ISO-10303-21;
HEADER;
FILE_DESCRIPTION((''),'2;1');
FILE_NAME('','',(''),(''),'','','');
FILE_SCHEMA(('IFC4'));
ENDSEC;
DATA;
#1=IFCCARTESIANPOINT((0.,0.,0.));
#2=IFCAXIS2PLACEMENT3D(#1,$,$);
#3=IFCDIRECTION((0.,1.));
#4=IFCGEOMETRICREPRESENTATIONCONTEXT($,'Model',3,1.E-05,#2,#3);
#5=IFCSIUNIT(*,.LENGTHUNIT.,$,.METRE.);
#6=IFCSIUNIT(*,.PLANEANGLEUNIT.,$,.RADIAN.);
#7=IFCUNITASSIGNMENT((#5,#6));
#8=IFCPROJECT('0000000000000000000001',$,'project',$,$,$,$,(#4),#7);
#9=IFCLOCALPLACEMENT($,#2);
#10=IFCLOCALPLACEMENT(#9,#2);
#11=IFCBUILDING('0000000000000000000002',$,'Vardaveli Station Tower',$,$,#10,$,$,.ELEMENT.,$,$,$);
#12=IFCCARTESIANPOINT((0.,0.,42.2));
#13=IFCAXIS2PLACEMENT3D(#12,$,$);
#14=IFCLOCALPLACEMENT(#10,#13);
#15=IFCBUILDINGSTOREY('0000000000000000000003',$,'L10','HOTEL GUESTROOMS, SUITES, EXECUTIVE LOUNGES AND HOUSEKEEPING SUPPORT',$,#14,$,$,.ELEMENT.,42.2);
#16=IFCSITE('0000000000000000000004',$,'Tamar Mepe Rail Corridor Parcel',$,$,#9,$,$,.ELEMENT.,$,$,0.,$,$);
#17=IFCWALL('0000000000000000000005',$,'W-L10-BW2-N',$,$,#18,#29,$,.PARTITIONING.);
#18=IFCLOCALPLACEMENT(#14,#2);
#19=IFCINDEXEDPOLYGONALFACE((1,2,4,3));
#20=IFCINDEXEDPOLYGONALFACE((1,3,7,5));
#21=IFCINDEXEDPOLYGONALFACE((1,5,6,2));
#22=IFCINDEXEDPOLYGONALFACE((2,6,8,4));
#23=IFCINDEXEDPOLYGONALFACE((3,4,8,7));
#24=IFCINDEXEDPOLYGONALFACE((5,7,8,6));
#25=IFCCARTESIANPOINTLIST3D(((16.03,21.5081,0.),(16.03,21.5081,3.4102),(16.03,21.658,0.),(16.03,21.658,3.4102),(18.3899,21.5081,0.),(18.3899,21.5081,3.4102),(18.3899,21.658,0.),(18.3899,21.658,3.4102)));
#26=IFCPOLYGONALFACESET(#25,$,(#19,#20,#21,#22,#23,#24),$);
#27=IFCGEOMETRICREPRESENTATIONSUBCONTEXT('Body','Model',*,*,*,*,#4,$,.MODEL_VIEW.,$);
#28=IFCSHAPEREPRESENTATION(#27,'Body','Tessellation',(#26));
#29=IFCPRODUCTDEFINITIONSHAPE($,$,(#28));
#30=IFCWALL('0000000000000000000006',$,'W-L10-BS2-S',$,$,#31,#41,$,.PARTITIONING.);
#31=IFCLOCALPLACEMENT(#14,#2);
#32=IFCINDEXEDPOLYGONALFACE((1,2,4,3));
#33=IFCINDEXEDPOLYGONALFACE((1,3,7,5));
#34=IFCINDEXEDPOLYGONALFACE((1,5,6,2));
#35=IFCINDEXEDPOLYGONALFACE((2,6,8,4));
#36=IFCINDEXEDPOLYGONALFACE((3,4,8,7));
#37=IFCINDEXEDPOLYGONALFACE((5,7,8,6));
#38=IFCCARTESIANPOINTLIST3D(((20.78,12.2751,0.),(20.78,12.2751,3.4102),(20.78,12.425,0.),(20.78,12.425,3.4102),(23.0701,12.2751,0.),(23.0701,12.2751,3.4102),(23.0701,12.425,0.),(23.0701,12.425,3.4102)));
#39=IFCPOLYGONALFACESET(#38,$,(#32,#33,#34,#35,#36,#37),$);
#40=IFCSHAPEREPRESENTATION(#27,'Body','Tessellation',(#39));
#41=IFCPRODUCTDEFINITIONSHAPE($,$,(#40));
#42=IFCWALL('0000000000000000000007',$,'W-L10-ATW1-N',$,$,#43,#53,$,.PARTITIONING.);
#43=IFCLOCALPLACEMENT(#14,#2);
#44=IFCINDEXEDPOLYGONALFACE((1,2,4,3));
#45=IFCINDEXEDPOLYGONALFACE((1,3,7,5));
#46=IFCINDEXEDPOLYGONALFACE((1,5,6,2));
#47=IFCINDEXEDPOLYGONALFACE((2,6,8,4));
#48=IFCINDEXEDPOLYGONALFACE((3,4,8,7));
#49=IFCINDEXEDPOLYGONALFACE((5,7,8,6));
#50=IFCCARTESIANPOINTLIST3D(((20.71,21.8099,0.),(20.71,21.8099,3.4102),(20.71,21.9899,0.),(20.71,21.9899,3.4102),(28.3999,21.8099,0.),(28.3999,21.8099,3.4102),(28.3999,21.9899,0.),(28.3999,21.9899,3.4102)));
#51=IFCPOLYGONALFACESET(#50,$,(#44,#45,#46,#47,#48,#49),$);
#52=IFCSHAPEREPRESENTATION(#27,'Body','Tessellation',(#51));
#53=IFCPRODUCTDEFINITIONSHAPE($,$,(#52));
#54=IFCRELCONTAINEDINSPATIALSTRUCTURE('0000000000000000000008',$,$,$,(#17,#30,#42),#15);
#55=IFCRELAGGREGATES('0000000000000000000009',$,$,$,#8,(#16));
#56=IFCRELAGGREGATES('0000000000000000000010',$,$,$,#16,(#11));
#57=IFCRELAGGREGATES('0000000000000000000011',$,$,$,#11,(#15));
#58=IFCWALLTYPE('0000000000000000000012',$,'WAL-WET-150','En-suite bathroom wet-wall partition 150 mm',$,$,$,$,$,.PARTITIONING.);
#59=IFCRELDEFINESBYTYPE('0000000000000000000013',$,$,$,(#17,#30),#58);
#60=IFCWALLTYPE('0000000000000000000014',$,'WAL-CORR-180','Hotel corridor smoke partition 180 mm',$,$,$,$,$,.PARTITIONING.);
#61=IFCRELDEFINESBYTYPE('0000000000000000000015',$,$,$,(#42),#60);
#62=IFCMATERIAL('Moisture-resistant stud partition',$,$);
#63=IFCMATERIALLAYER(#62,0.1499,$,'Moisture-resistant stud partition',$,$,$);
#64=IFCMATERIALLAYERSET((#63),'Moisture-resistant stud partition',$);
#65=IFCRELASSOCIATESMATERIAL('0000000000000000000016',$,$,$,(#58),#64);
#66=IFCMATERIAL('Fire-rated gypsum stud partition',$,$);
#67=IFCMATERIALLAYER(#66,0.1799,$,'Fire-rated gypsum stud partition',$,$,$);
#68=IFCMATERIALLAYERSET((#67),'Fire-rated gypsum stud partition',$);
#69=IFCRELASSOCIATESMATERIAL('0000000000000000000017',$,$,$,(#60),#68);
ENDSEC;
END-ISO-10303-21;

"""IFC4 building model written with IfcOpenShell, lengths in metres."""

from ifc_helpers import new_model, si_unit, direction, frame, frame_2d, origin, place, context, subcontext, project, spatial, rectangle, extrude, source, transform, mapped, material, layer, layer_set, type_object, element, save


model = new_model("IFC4")

# Units and contexts
model_context = context("Model", 3, precision=1e-05, world=origin(), true_north=direction((0.0, 1.0)))
body_context = subcontext(model_context, "Body", "Model", "MODEL_VIEW")
ifc_project = project(units=[si_unit("LENGTHUNIT", "METRE"), si_unit("PLANEANGLEUNIT", "RADIAN")], contexts=[model_context])

# Site, building, storey
site_placement = place(None, origin())
site = spatial("IfcSite", under=ifc_project, at=site_placement, Name="Tamar Mepe Rail Corridor Parcel", CompositionType="ELEMENT", RefElevation=0.0)
building_placement = place(site_placement, origin())
building = spatial("IfcBuilding", under=site, at=building_placement, Name="Vardaveli Station Tower", CompositionType="ELEMENT")
storey_placement = place(building_placement, frame((0.0, 0.0, 42.2)))
storey = spatial("IfcBuildingStorey", under=building, at=storey_placement, Name="L10", Description="HOTEL GUESTROOMS, SUITES, EXECUTIVE LOUNGES AND HOUSEKEEPING SUPPORT", CompositionType="ELEMENT", Elevation=42.2)

# Shared definitions
ifc_material_1 = material(Name="Moisture-resistant stud partition")
ifc_layer_1 = layer(ifc_material_1, 0.1499, Name="Moisture-resistant stud partition")
ifc_layer_set_1 = layer_set([ifc_layer_1], Name="Moisture-resistant stud partition")
wall_type_1 = type_object("IfcWallType", Name="WAL-WET-150", Description="En-suite bathroom wet-wall partition 150 mm", PredefinedType="PARTITIONING", material=ifc_layer_set_1)
ifc_material_2 = material(Name="Fire-rated gypsum stud partition")
ifc_layer_2 = layer(ifc_material_2, 0.1799, Name="Fire-rated gypsum stud partition")
ifc_layer_set_2 = layer_set([ifc_layer_2], Name="Fire-rated gypsum stud partition")
wall_type_2 = type_object("IfcWallType", Name="WAL-CORR-180", Description="Hotel corridor smoke partition 180 mm", PredefinedType="PARTITIONING", material=ifc_layer_set_2)

# Shared definitions
shared_shape_1 = source(origin(), body_context, "Body", "SweptSolid", [
    extrude(rectangle(XDim=2.3599, YDim=0.1499, at=frame_2d((1.1799, 0.0))), origin(), (0.0, 0.0, 1.0), 3.4102),
])

# Walls
wall_1_placement = place(storey_placement, frame((16.03, 21.583, 0.0), z_axis=(0.0, 0.0, 1.0), x_axis=(1.0, 0.0, 0.0)))
element("IfcWall", 1, at=wall_1_placement, inside=storey, type_object=wall_type_1, Name="W-L10-BW2-N", PredefinedType="PARTITIONING", context=body_context, shape_type="MappedRepresentation", body=[
    mapped(shared_shape_1, transform((0.0, 0.0, 0.0), scale=1.0)),
])
shared_shape_2 = source(origin(), body_context, "Body", "SweptSolid", [
    extrude(rectangle(XDim=2.29, YDim=0.1499, at=frame_2d((1.145, 0.0))), origin(), (0.0, 0.0, 1.0), 3.4102),
])
wall_2_placement = place(storey_placement, frame((20.78, 12.3501, 0.0), z_axis=(0.0, 0.0, 1.0), x_axis=(1.0, 0.0, 0.0)))
element("IfcWall", 2, at=wall_2_placement, inside=storey, type_object=wall_type_1, Name="W-L10-BS2-S", PredefinedType="PARTITIONING", context=body_context, shape_type="MappedRepresentation", body=[
    mapped(shared_shape_2, transform((0.0, 0.0, 0.0), scale=1.0)),
])
shared_shape_3 = source(origin(), body_context, "Body", "SweptSolid", [
    extrude(rectangle(XDim=7.6899, YDim=0.1799, at=frame_2d((3.845, 0.0))), origin(), (0.0, 0.0, 1.0), 3.4102),
])
wall_3_placement = place(storey_placement, frame((20.71, 21.8999, 0.0), z_axis=(0.0, 0.0, 1.0), x_axis=(1.0, 0.0, 0.0)))
element("IfcWall", 3, at=wall_3_placement, inside=storey, type_object=wall_type_2, Name="W-L10-ATW1-N", PredefinedType="PARTITIONING", context=body_context, shape_type="MappedRepresentation", body=[
    mapped(shared_shape_3, transform((0.0, 0.0, 0.0), scale=1.0)),
])

save(model, "model.ifc")
